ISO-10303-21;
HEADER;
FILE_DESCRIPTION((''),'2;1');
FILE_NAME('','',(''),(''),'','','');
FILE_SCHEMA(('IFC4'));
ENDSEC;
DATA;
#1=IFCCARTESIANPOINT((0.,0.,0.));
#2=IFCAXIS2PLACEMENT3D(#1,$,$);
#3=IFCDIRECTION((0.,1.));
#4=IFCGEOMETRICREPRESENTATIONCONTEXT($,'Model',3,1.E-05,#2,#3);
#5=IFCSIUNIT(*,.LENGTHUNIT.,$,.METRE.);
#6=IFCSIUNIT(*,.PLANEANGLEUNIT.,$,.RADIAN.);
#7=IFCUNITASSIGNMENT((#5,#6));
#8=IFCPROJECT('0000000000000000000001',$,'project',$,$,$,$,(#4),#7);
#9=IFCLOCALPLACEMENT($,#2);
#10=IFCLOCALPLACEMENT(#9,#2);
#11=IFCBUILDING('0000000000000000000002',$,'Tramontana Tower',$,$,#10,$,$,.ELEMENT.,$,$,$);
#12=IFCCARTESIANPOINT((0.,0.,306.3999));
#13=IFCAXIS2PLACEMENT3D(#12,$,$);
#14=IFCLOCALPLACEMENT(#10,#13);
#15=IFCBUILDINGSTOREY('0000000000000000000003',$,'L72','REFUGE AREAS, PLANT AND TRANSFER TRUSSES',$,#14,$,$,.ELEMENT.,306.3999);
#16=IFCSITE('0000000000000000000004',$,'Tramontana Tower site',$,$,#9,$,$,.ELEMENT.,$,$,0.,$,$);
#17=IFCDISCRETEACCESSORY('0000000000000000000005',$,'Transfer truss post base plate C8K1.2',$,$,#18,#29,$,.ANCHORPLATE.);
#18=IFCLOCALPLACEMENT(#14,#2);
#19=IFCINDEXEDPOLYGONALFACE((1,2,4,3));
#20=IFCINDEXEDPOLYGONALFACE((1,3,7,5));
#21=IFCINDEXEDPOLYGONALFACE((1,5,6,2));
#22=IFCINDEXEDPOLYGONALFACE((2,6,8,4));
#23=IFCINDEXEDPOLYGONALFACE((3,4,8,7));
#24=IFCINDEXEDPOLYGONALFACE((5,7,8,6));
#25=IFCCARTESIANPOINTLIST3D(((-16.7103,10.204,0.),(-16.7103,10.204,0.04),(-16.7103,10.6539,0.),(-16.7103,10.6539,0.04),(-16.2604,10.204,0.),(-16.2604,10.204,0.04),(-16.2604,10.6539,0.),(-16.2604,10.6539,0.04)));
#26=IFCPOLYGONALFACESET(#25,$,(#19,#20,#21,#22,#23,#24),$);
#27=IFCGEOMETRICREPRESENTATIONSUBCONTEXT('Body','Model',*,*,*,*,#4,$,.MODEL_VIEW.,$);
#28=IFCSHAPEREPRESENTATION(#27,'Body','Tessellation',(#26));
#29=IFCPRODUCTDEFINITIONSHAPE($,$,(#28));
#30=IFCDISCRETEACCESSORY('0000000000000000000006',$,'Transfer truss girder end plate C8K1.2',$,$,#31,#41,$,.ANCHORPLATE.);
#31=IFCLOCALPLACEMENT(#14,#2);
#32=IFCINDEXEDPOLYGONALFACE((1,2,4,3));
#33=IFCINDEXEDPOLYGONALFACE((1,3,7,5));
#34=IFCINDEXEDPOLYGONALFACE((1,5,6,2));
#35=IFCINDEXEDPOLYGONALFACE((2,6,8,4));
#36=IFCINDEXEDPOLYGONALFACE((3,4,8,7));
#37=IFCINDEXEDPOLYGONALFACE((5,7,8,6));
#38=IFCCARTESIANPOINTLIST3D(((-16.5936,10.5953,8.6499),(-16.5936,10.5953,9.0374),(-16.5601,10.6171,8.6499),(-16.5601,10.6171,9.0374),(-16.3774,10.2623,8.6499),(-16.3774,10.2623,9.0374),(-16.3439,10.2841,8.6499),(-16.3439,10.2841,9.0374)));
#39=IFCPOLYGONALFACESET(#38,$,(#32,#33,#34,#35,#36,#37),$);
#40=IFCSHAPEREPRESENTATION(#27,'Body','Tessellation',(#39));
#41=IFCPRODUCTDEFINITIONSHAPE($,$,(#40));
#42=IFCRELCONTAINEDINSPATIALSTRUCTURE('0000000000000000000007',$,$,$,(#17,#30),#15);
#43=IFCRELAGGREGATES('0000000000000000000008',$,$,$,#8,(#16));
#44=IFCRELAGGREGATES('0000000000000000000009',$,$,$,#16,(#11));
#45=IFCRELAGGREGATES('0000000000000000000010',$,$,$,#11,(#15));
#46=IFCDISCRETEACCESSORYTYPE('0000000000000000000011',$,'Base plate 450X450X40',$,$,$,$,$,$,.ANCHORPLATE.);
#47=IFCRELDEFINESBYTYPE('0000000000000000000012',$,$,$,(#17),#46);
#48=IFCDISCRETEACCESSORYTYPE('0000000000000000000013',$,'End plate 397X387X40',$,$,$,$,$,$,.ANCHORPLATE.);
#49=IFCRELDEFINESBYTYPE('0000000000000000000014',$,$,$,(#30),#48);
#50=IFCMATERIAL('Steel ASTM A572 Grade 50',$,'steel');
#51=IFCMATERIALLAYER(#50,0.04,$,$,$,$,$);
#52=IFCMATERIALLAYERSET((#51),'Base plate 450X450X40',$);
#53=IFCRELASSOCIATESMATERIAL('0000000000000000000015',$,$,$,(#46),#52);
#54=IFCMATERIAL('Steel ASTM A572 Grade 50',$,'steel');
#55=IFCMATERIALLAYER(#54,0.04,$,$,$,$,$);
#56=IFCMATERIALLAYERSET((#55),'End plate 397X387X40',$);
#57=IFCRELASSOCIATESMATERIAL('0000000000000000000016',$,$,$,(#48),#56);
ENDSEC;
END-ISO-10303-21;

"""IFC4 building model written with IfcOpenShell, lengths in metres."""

from ifc_helpers import new_model, si_unit, direction, frame, origin, origin_2d, place, context, subcontext, project, spatial, rectangle, extrude, material, layer, layer_set, type_object, element, save


model = new_model("IFC4")

# Units and contexts
model_context = context("Model", 3, precision=1e-05, world=origin(), true_north=direction((0.0, 1.0)))
body_context = subcontext(model_context, "Body", "Model", "MODEL_VIEW")
ifc_project = project(units=[si_unit("LENGTHUNIT", "METRE"), si_unit("PLANEANGLEUNIT", "RADIAN")], contexts=[model_context])

# Site, building, storey
site_placement = place(None, origin())
site = spatial("IfcSite", under=ifc_project, at=site_placement, Name="Tramontana Tower site", CompositionType="ELEMENT", RefElevation=0.0)
building_placement = place(site_placement, origin())
building = spatial("IfcBuilding", under=site, at=building_placement, Name="Tramontana Tower", CompositionType="ELEMENT")
storey_placement = place(building_placement, frame((0.0, 0.0, 306.3999)))
storey = spatial("IfcBuildingStorey", under=building, at=storey_placement, Name="L72", Description="REFUGE AREAS, PLANT AND TRANSFER TRUSSES", CompositionType="ELEMENT", Elevation=306.3999)

# Discrete accessories
ifc_material_1 = material(Name="Steel ASTM A572 Grade 50", Category="steel")
ifc_layer_1 = layer(ifc_material_1, 0.04)
ifc_layer_set_1 = layer_set([ifc_layer_1], Name="Base plate 450X450X40")
discrete_accessory_type_1 = type_object("IfcDiscreteAccessoryType", Name="Base plate 450X450X40", PredefinedType="ANCHORPLATE", material=ifc_layer_set_1)
discrete_accessory_1_placement = place(storey_placement, frame((-16.4854, 10.429, 0.0), z_axis=(0.0, 0.0, 1.0), x_axis=(1.0, 0.0, 0.0)))
element("IfcDiscreteAccessory", 1, at=discrete_accessory_1_placement, inside=storey, type_object=discrete_accessory_type_1, Name="Transfer truss post base plate C8K1.2", PredefinedType="ANCHORPLATE", context=body_context, shape_type="SweptSolid", body=[
    extrude(rectangle(XDim=0.45, YDim=0.45, at=origin_2d()), origin(), (0.0, 0.0, 1.0), 0.04),
])
ifc_material_2 = material(Name="Steel ASTM A572 Grade 50", Category="steel")
ifc_layer_2 = layer(ifc_material_2, 0.04)
ifc_layer_set_2 = layer_set([ifc_layer_2], Name="End plate 397X387X40")
discrete_accessory_type_2 = type_object("IfcDiscreteAccessoryType", Name="End plate 397X387X40", PredefinedType="ANCHORPLATE", material=ifc_layer_set_2)
discrete_accessory_2_placement = place(storey_placement, frame((-16.4688, 10.4397, 8.6499), z_axis=(0.0, 0.0, 1.0), x_axis=(0.544639, -0.838671, 0.0)))
element("IfcDiscreteAccessory", 2, at=discrete_accessory_2_placement, inside=storey, type_object=discrete_accessory_type_2, Name="Transfer truss girder end plate C8K1.2", PredefinedType="ANCHORPLATE", context=body_context, shape_type="SweptSolid", body=[
    extrude(rectangle(XDim=0.397, YDim=0.04, at=origin_2d()), origin(), (0.0, 0.0, 1.0), 0.3875),
])

save(model, "model.ifc")
